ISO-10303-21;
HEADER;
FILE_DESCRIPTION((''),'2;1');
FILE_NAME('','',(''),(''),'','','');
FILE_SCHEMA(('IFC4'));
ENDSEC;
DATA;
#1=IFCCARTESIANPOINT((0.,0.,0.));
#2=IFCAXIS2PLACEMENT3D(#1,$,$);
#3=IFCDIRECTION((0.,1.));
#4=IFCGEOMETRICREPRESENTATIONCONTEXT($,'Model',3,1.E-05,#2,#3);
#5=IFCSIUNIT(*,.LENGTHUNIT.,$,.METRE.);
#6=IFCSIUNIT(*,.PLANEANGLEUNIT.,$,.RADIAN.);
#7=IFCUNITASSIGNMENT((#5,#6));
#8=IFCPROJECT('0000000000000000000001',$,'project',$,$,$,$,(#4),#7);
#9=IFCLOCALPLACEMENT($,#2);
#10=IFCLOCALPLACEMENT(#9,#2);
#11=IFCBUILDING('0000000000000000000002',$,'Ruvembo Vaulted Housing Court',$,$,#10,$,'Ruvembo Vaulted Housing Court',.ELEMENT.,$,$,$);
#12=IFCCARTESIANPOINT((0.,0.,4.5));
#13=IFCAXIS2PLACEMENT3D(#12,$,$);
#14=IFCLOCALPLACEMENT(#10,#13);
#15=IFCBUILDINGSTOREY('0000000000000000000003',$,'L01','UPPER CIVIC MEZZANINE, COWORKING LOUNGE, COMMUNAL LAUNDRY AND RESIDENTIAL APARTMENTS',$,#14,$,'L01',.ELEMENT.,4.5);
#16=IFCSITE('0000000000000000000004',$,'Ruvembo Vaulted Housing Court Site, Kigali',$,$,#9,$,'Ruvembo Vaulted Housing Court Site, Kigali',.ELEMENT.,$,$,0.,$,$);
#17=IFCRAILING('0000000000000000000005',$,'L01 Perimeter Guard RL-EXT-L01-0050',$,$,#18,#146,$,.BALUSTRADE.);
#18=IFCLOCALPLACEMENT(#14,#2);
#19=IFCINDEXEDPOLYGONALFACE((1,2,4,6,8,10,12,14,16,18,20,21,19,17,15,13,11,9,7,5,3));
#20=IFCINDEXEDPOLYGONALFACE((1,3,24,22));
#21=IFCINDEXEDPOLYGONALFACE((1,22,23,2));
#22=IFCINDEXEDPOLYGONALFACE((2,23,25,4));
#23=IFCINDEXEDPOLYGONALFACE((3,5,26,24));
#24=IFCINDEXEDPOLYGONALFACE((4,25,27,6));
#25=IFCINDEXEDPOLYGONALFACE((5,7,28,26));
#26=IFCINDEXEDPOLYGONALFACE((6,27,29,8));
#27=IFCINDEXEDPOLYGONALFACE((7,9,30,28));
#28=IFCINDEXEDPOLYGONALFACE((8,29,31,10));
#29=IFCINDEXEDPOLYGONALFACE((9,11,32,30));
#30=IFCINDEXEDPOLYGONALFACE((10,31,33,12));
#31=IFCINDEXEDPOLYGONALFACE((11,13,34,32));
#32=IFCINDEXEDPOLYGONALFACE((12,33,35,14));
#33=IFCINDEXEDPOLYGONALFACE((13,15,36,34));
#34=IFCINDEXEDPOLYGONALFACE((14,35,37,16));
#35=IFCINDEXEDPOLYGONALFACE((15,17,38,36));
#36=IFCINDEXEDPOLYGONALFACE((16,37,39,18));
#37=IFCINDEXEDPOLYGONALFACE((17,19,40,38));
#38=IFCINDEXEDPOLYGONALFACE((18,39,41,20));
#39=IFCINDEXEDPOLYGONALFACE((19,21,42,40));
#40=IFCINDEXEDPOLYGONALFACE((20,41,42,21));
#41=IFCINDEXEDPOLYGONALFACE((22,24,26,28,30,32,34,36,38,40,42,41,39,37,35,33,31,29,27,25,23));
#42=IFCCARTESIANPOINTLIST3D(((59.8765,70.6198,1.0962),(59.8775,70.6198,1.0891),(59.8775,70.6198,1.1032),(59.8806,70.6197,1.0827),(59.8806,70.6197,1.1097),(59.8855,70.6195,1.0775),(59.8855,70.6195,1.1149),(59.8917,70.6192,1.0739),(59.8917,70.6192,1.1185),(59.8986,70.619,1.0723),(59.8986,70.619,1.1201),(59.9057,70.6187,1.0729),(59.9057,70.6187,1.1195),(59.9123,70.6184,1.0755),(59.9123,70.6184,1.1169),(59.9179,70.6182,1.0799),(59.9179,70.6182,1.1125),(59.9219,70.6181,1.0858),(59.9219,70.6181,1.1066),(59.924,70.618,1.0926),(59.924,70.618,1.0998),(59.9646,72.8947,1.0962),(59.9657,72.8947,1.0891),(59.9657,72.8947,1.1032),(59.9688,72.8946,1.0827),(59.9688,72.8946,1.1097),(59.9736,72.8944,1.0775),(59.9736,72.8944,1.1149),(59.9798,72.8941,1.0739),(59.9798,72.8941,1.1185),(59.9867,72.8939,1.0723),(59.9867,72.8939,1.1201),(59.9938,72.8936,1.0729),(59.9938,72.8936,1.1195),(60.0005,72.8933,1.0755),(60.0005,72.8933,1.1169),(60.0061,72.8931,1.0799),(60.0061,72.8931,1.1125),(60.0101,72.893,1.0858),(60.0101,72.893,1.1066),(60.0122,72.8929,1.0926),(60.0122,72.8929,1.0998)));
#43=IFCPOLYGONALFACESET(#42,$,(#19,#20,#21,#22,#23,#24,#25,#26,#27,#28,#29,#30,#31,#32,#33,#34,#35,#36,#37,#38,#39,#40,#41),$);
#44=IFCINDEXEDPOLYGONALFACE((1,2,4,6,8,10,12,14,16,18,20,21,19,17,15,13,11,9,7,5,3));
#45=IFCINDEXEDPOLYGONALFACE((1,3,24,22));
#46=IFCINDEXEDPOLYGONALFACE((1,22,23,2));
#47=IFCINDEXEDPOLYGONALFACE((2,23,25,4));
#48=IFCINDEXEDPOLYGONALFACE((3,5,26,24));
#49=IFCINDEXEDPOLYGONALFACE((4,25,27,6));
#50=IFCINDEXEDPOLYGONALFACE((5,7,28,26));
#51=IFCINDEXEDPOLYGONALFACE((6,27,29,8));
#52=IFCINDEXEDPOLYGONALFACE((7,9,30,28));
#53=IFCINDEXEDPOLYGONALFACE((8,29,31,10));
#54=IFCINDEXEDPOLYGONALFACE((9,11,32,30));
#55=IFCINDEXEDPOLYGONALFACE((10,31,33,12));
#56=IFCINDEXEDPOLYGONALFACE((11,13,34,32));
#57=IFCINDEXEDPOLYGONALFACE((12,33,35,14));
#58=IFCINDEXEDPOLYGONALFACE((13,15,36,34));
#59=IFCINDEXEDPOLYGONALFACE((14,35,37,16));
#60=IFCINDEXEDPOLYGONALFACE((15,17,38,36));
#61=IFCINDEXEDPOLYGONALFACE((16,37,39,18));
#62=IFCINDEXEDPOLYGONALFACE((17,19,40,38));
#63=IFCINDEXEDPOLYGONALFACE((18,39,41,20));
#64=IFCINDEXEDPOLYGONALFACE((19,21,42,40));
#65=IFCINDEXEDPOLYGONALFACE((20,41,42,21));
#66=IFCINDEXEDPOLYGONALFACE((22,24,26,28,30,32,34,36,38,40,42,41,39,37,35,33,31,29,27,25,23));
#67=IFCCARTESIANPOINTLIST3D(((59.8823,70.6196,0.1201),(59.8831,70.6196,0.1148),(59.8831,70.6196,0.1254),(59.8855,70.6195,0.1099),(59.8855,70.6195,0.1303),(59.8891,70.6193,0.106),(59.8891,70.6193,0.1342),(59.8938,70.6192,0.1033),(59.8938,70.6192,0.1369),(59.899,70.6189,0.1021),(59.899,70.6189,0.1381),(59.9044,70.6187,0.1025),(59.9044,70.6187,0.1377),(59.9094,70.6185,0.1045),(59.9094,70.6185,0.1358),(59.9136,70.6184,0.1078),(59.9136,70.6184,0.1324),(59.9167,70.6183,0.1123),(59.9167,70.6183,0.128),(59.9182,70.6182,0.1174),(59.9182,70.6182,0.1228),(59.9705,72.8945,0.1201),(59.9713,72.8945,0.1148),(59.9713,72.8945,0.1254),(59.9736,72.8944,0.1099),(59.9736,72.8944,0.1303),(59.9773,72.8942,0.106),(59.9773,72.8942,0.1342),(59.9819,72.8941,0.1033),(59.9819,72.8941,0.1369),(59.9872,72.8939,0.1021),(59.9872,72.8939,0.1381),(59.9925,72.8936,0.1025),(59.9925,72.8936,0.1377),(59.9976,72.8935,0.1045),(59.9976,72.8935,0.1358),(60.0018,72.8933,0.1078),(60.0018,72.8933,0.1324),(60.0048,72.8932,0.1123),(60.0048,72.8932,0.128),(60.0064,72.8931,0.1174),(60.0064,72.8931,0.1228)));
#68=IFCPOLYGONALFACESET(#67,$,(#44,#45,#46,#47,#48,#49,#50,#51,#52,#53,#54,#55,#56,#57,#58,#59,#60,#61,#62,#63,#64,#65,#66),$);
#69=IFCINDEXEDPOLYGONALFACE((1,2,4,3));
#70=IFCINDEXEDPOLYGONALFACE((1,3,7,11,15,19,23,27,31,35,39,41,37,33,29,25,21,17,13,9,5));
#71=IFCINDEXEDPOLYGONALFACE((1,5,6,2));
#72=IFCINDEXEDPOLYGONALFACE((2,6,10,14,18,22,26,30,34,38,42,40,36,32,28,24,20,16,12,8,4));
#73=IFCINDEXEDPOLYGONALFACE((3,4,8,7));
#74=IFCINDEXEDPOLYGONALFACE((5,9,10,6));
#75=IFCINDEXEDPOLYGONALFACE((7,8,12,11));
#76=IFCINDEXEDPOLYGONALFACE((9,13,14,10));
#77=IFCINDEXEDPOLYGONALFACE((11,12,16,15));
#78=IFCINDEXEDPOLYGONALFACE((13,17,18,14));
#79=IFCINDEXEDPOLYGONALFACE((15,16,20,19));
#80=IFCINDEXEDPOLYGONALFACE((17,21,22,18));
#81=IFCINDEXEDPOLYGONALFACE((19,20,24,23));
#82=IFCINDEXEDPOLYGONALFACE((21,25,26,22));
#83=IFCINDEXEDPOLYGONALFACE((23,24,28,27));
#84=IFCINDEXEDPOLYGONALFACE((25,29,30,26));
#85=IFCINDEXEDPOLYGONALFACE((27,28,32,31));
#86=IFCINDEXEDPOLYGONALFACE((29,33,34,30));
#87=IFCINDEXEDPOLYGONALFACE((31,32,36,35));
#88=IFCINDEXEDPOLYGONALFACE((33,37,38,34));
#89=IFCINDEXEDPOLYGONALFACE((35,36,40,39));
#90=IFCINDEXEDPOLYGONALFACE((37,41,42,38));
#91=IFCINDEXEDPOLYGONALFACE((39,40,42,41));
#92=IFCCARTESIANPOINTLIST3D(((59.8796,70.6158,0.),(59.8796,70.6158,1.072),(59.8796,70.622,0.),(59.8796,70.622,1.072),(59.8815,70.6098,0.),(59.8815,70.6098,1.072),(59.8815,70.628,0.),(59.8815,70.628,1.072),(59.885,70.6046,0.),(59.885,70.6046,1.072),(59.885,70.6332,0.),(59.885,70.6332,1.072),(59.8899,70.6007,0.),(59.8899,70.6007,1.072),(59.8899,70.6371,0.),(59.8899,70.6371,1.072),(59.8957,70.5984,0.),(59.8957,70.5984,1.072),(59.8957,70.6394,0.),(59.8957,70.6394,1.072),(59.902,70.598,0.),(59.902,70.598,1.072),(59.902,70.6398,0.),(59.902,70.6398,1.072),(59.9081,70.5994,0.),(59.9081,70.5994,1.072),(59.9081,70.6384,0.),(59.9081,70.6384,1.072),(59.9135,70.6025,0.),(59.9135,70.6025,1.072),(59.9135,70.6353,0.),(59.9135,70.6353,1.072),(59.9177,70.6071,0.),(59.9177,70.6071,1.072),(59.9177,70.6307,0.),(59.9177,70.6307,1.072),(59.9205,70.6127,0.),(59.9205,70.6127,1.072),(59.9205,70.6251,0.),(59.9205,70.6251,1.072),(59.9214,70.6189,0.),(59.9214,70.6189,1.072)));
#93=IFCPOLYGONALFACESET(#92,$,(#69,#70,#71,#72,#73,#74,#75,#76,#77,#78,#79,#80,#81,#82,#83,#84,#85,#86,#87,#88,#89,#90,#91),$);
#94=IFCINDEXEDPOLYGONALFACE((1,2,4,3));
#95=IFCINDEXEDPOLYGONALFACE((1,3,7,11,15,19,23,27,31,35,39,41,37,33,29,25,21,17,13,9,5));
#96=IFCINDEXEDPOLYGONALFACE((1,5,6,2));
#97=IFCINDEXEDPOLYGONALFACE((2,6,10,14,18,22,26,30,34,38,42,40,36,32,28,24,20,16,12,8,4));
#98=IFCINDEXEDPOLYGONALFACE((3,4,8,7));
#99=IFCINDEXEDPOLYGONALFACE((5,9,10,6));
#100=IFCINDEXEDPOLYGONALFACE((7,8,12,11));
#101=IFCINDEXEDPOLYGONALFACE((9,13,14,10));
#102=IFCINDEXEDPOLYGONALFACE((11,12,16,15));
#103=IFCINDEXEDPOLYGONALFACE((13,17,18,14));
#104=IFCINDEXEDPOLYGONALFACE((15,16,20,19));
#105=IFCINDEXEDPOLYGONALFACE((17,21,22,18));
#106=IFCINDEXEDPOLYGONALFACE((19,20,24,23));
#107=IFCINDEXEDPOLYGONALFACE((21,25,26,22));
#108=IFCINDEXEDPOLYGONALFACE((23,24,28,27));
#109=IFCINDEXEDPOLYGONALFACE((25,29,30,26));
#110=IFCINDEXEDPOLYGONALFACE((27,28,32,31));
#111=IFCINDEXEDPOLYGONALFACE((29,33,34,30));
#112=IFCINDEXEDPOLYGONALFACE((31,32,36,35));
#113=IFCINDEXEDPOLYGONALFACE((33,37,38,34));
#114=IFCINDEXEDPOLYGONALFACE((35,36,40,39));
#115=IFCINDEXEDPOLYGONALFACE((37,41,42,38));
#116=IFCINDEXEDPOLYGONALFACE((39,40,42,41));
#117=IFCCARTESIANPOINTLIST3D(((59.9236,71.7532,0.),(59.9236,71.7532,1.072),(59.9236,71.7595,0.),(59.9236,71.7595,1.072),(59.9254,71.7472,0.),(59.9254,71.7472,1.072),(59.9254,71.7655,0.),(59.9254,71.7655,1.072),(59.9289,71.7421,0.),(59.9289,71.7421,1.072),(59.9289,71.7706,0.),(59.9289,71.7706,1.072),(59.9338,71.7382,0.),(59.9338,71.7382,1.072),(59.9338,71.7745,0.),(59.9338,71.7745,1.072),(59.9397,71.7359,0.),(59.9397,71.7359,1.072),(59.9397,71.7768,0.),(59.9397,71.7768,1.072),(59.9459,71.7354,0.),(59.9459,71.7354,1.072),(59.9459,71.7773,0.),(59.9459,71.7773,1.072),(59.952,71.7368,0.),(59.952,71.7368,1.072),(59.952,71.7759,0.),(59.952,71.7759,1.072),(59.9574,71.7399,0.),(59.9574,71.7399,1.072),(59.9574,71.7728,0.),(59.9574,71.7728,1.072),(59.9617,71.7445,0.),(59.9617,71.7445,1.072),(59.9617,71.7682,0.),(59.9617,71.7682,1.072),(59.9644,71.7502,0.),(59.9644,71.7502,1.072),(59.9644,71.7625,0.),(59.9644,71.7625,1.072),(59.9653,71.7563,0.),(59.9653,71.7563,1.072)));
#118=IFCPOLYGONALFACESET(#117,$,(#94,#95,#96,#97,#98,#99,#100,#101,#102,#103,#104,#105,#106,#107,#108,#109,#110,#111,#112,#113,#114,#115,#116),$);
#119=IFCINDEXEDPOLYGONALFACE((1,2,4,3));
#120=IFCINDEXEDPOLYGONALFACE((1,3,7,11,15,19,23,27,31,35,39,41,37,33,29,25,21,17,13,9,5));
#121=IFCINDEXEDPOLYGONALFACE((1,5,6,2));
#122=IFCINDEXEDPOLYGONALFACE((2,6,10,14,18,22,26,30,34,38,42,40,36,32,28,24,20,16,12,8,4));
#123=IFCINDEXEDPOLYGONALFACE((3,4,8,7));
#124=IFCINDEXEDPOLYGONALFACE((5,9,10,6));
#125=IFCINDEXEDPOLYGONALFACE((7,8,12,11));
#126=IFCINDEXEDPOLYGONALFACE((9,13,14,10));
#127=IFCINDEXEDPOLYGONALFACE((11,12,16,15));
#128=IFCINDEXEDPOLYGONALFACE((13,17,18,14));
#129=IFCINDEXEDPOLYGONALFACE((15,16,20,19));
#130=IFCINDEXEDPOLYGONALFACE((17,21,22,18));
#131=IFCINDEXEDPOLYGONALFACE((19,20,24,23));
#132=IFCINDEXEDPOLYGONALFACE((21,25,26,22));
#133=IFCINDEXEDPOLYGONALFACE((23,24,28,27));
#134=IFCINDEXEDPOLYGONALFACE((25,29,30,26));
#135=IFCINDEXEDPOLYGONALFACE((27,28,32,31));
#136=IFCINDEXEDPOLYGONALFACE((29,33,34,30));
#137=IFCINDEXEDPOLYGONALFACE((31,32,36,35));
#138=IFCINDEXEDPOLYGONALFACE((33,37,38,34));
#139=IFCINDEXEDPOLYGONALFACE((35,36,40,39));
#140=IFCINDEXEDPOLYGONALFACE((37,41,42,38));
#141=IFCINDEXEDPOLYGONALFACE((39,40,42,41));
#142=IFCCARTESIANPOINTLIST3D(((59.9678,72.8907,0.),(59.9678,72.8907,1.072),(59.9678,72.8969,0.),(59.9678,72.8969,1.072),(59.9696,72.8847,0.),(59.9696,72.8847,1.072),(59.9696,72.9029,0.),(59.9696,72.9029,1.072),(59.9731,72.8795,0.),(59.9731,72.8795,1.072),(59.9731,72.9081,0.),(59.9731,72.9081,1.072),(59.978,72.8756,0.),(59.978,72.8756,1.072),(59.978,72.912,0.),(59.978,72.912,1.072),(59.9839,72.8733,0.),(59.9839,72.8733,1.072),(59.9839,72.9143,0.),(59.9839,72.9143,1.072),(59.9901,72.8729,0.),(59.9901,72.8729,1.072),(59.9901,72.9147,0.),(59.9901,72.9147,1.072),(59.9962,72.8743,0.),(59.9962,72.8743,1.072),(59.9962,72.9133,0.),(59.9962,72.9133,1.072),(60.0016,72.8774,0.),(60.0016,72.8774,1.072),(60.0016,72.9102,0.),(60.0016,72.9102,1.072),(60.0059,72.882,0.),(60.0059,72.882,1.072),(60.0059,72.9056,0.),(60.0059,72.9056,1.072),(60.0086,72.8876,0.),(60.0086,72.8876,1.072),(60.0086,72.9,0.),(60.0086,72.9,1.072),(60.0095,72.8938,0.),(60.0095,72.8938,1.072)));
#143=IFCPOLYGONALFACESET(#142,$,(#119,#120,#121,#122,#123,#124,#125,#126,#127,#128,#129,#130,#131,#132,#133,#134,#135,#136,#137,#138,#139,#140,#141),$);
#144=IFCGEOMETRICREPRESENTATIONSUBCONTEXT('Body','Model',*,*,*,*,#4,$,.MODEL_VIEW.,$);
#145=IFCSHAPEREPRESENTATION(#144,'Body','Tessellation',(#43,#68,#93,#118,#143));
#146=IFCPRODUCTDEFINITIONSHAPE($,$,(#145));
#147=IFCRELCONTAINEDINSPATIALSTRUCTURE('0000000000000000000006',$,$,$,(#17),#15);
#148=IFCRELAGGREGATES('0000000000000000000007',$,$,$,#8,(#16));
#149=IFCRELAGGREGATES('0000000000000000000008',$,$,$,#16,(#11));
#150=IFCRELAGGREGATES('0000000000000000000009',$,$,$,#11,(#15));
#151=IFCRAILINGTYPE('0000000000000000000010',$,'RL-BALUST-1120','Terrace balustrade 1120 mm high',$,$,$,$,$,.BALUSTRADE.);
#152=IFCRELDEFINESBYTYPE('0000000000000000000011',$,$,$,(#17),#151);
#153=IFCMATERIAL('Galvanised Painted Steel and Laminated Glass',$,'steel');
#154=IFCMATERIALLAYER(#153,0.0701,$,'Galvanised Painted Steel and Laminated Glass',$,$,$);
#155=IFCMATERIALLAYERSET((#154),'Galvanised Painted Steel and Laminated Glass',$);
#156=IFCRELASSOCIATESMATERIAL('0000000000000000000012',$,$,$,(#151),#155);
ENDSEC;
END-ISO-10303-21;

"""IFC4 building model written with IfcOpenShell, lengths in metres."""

from ifc_helpers import new_model, si_unit, direction, frame, origin, origin_2d, place, context, subcontext, project, spatial, circle, extrude, material, layer, layer_set, type_object, element, save


model = new_model("IFC4")

# Units and contexts
model_context = context("Model", 3, precision=1e-05, world=origin(), true_north=direction((0.0, 1.0)))
body_context = subcontext(model_context, "Body", "Model", "MODEL_VIEW")
ifc_project = project(units=[si_unit("LENGTHUNIT", "METRE"), si_unit("PLANEANGLEUNIT", "RADIAN")], contexts=[model_context])

# Site, building, storey
site_placement = place(None, origin())
site = spatial("IfcSite", under=ifc_project, at=site_placement, Name="Ruvembo Vaulted Housing Court Site, Kigali", LongName="Ruvembo Vaulted Housing Court Site, Kigali", CompositionType="ELEMENT", RefElevation=0.0)
building_placement = place(site_placement, origin())
building = spatial("IfcBuilding", under=site, at=building_placement, Name="Ruvembo Vaulted Housing Court", LongName="Ruvembo Vaulted Housing Court", CompositionType="ELEMENT")
storey_placement = place(building_placement, frame((0.0, 0.0, 4.5)))
storey = spatial("IfcBuildingStorey", under=building, at=storey_placement, Name="L01", Description="UPPER CIVIC MEZZANINE, COWORKING LOUNGE, COMMUNAL LAUNDRY AND RESIDENTIAL APARTMENTS", LongName="L01", CompositionType="ELEMENT", Elevation=4.5)

# Railing
ifc_material_1 = material(Name="Galvanised Painted Steel and Laminated Glass", Category="steel")
ifc_layer_1 = layer(ifc_material_1, 0.0701, Name="Galvanised Painted Steel and Laminated Glass")
ifc_layer_set_1 = layer_set([ifc_layer_1], Name="Galvanised Painted Steel and Laminated Glass")
railing_type_1 = type_object("IfcRailingType", Name="RL-BALUST-1120", Description="Terrace balustrade 1120 mm high", PredefinedType="BALUSTRADE", material=ifc_layer_set_1)
railing_1_placement = place(storey_placement, frame((59.9004, 70.6189, 0.0)))
element("IfcRailing", 1, at=railing_1_placement, inside=storey, type_object=railing_type_1, Name="L01 Perimeter Guard RL-EXT-L01-0050", PredefinedType="BALUSTRADE", context=body_context, shape_type="SweptSolid", body=[
    extrude(circle(Radius=0.0239, at=origin_2d()), frame((0.0, 0.0, 1.0962), z_axis=(0.038713, 0.99925, 0.0), x_axis=(-0.99925, 0.038713, 0.0)), (0.0, 0.0, 1.0), 2.2766),
    extrude(circle(Radius=0.0181, at=origin_2d()), frame((0.0, 0.0, 0.1201), z_axis=(0.038713, 0.99925, 0.0), x_axis=(-0.99925, 0.038713, 0.0)), (0.0, 0.0, 1.0), 2.2766),
    extrude(circle(Radius=0.021, at=origin_2d()), origin(), (0.0, 0.0, 1.0), 1.072),
    extrude(circle(Radius=0.021, at=origin_2d()), frame((0.0439, 1.1375, 0.0)), (0.0, 0.0, 1.0), 1.072),
    extrude(circle(Radius=0.021, at=origin_2d()), frame((0.0881, 2.2749, 0.0)), (0.0, 0.0, 1.0), 1.072),
])

save(model, "model.ifc")
